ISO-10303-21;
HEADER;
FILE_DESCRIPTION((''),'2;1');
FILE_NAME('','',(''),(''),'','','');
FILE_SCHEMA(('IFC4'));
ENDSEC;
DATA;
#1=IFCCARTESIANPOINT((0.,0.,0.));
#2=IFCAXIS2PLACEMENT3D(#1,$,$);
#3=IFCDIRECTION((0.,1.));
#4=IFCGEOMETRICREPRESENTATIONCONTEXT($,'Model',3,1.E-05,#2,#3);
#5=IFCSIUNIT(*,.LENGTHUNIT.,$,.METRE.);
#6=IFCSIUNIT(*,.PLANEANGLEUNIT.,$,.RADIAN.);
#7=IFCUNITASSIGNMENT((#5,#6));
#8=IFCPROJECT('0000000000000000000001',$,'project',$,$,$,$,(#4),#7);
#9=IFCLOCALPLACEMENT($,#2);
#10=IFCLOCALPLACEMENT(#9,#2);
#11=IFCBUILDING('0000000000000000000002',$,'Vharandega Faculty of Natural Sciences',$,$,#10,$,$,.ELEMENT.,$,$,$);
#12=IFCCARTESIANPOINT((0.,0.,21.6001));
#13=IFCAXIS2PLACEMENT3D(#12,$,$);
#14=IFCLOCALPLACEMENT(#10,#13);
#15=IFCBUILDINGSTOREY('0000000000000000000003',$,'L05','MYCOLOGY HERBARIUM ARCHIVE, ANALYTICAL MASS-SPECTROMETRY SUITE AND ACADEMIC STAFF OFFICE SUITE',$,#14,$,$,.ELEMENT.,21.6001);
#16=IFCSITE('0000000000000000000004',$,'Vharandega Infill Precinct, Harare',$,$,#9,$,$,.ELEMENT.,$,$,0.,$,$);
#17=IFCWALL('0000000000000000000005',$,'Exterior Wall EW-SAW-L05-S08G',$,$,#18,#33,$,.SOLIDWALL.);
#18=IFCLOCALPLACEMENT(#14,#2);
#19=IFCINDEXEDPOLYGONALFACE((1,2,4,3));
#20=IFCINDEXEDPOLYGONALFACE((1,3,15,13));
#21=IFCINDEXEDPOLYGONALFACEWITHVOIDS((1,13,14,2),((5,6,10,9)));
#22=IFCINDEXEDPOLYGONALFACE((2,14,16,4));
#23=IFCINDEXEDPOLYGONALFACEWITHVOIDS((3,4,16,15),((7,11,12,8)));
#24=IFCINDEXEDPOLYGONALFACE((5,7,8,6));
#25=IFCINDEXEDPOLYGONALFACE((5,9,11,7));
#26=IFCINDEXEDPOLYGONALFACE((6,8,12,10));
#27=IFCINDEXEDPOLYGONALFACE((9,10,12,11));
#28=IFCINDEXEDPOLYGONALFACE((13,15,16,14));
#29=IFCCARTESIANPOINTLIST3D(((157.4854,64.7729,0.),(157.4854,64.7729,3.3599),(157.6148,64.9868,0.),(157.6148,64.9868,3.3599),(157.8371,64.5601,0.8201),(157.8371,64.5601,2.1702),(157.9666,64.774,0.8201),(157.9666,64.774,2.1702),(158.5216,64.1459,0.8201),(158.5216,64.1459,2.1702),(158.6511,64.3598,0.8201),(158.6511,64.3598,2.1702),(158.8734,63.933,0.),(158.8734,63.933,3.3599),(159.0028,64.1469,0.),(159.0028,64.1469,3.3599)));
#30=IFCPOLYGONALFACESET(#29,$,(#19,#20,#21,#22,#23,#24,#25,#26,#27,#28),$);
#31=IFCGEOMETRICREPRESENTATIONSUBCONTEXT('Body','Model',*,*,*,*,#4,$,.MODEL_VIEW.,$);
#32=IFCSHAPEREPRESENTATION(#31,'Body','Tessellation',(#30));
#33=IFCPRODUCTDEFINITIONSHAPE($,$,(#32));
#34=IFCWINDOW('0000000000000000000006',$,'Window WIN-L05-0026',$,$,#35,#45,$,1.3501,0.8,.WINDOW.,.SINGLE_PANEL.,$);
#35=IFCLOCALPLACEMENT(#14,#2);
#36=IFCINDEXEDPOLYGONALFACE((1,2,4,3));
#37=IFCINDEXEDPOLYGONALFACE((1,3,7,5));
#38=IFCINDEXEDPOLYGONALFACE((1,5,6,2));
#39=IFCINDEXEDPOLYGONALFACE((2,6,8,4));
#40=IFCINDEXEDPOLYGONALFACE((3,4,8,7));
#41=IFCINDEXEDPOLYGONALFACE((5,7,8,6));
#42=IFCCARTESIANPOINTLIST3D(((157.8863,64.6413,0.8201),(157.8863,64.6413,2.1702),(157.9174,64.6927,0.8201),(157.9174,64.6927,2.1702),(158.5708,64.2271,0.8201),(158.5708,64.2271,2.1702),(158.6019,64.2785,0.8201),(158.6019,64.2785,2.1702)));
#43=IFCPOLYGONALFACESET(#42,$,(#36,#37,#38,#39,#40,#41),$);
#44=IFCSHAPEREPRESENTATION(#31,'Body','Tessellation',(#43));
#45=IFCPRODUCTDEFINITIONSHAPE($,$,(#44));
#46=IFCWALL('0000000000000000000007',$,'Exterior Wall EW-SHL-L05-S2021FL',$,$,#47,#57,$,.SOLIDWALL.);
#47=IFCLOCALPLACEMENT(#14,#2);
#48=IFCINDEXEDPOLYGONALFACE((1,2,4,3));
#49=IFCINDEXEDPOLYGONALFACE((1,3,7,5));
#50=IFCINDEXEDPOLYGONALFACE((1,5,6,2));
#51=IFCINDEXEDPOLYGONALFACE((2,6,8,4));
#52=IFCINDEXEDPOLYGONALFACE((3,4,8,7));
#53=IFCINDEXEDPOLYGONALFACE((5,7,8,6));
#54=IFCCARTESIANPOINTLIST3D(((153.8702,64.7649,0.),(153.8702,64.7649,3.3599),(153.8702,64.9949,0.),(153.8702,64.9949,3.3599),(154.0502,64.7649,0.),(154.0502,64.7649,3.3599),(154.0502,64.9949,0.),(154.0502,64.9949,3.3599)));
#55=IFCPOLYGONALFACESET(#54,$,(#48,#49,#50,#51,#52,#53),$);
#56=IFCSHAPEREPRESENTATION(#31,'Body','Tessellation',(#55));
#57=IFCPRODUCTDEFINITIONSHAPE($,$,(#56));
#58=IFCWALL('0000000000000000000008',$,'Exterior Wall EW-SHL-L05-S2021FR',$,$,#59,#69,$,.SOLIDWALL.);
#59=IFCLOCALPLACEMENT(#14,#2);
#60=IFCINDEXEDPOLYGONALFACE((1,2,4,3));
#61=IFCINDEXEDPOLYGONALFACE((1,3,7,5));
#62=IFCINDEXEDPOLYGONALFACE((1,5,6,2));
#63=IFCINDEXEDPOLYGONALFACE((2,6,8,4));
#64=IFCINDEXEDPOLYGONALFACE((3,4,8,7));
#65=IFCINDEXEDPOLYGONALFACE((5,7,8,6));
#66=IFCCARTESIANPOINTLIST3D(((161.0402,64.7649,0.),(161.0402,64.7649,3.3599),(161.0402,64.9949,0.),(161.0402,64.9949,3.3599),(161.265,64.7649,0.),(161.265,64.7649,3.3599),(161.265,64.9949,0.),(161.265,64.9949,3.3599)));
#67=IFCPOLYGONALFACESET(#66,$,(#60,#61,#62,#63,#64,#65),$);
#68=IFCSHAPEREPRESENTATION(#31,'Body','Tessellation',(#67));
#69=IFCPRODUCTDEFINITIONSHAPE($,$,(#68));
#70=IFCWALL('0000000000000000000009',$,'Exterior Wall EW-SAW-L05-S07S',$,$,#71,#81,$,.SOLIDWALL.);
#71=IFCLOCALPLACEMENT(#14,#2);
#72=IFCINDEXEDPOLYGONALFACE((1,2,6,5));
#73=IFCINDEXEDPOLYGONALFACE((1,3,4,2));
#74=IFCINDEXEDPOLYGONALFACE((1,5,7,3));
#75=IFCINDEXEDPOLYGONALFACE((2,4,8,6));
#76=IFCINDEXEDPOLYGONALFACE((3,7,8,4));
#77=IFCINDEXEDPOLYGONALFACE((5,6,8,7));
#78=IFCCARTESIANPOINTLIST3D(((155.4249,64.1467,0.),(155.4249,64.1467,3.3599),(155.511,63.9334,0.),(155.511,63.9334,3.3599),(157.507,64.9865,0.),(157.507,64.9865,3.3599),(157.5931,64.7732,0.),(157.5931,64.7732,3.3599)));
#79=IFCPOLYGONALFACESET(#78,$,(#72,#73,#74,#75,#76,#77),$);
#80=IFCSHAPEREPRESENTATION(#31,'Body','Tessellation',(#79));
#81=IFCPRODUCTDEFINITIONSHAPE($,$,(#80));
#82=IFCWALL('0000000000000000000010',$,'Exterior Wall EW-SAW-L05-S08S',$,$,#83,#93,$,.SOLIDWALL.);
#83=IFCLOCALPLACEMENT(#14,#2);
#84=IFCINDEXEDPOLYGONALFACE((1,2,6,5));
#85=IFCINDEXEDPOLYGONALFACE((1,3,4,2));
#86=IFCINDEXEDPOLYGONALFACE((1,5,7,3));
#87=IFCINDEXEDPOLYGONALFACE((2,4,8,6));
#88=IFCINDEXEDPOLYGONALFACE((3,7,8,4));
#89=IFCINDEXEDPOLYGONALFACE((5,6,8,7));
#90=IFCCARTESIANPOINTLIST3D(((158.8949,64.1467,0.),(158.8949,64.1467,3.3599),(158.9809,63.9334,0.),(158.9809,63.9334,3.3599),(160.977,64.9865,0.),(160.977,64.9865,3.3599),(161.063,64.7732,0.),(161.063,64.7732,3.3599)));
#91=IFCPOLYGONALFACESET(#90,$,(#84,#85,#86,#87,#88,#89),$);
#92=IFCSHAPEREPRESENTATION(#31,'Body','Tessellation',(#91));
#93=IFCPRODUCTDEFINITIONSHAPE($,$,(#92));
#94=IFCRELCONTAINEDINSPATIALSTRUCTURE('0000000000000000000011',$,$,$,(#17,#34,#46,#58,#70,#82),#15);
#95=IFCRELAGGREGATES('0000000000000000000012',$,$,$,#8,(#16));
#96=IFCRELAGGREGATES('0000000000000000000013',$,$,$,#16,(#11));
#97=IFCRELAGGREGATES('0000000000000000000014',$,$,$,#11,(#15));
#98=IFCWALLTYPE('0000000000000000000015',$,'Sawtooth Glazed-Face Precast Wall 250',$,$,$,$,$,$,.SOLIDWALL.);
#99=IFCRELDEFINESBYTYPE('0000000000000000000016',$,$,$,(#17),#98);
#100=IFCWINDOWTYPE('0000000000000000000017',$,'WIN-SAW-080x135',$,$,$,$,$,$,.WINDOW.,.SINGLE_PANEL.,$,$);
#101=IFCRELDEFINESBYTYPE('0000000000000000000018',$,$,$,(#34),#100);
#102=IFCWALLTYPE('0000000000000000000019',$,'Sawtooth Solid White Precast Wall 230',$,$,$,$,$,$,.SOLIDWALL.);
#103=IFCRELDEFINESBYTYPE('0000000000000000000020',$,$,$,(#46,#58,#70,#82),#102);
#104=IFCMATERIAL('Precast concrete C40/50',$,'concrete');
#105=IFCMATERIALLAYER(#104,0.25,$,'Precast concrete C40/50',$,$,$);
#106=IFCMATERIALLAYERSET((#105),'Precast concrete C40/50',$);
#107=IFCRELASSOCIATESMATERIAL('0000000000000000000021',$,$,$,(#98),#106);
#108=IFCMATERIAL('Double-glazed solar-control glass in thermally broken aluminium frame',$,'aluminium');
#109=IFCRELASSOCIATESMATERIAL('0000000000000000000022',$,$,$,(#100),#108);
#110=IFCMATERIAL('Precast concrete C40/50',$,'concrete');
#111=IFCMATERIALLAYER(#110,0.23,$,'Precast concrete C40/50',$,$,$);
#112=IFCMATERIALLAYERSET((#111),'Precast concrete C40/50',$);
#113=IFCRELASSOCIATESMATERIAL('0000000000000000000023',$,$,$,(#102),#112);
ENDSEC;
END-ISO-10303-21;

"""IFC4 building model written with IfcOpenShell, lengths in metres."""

from ifc_helpers import new_model, si_unit, direction, frame, frame_2d, origin, place, context, subcontext, project, spatial, rectangle, extrude, material, layer, layer_set, type_object, element, fill, save


model = new_model("IFC4")

# Units and contexts
model_context = context("Model", 3, precision=1e-05, world=origin(), true_north=direction((0.0, 1.0)))
body_context = subcontext(model_context, "Body", "Model", "MODEL_VIEW")
ifc_project = project(units=[si_unit("LENGTHUNIT", "METRE"), si_unit("PLANEANGLEUNIT", "RADIAN")], contexts=[model_context])

# Site, building, storey
site_placement = place(None, origin())
site = spatial("IfcSite", under=ifc_project, at=site_placement, Name="Vharandega Infill Precinct, Harare", CompositionType="ELEMENT", RefElevation=0.0)
building_placement = place(site_placement, origin())
building = spatial("IfcBuilding", under=site, at=building_placement, Name="Vharandega Faculty of Natural Sciences", CompositionType="ELEMENT")
storey_placement = place(building_placement, frame((0.0, 0.0, 21.6001)))
storey = spatial("IfcBuildingStorey", under=building, at=storey_placement, Name="L05", Description="MYCOLOGY HERBARIUM ARCHIVE, ANALYTICAL MASS-SPECTROMETRY SUITE AND ACADEMIC STAFF OFFICE SUITE", CompositionType="ELEMENT", Elevation=21.6001)

# Wall, opening, window
ifc_material_1 = material(Name="Precast concrete C40/50", Category="concrete")
ifc_layer_1 = layer(ifc_material_1, 0.25, Name="Precast concrete C40/50")
ifc_layer_set_1 = layer_set([ifc_layer_1], Name="Precast concrete C40/50")
wall_type_1 = type_object("IfcWallType", Name="Sawtooth Glazed-Face Precast Wall 250", PredefinedType="SOLIDWALL", material=ifc_layer_set_1)
wall_1_placement = place(storey_placement, frame((158.938, 64.04, 0.0), z_axis=(0.0, 0.0, 1.0), x_axis=(-0.855561, 0.517701, 0.0)))
wall_1 = element("IfcWall", 1, at=wall_1_placement, inside=storey, type_object=wall_type_1, Name="Exterior Wall EW-SAW-L05-S08G", PredefinedType="SOLIDWALL", context=body_context, shape_type="SweptSolid", body=[
    extrude(rectangle(XDim=1.6223, YDim=0.25, at=frame_2d((0.811, 0.0))), origin(), (0.0, 0.0, 1.0), 3.3599),
])
opening_1_placement = place(wall_1_placement, frame((0.4111, 0.0, 0.8201)))
opening_1 = element("IfcOpeningElement", 2, at=opening_1_placement, cuts=wall_1, PredefinedType="OPENING", context=body_context, shape_type="SweptSolid", body=[
    extrude(rectangle(XDim=0.8, YDim=1.3501, at=frame_2d((0.3999, 0.675))), frame((0.0, 0.135, 0.0), z_axis=(0.0, -1.0, 0.0), x_axis=(1.0, 0.0, 0.0)), (0.0, 0.0, 1.0), 0.27),
])
ifc_material_2 = material(Name="Double-glazed solar-control glass in thermally broken aluminium frame", Category="aluminium")
window_type_1 = type_object("IfcWindowType", Name="WIN-SAW-080x135", PartitioningType="SINGLE_PANEL", PredefinedType="WINDOW", material=ifc_material_2)
window_1_placement = place(opening_1_placement, origin())
window_1 = element("IfcWindow", 3, at=window_1_placement, inside=storey, type_object=window_type_1, Name="Window WIN-L05-0026", OverallHeight=1.3501, OverallWidth=0.8, PartitioningType="SINGLE_PANEL", PredefinedType="WINDOW", context=body_context, shape_type="SweptSolid", body=[
    extrude(rectangle(XDim=0.8, YDim=1.3501, at=frame_2d((0.3999, 0.675))), frame((0.0, 0.03, 0.0), z_axis=(0.0, -1.0, 0.0), x_axis=(1.0, 0.0, 0.0)), (0.0, 0.0, 1.0), 0.0601),
])
fill(opening_1, window_1)

# Walls
ifc_material_3 = material(Name="Precast concrete C40/50", Category="concrete")
ifc_layer_2 = layer(ifc_material_3, 0.23, Name="Precast concrete C40/50")
ifc_layer_set_2 = layer_set([ifc_layer_2], Name="Precast concrete C40/50")
wall_type_2 = type_object("IfcWallType", Name="Sawtooth Solid White Precast Wall 230", PredefinedType="SOLIDWALL", material=ifc_layer_set_2)
wall_2_placement = place(storey_placement, frame((154.05, 64.8799, 0.0), z_axis=(0.0, 0.0, 1.0), x_axis=(-1.0, 0.0, 0.0)))
element("IfcWall", 4, at=wall_2_placement, inside=storey, type_object=wall_type_2, Name="Exterior Wall EW-SHL-L05-S2021FL", PredefinedType="SOLIDWALL", context=body_context, shape_type="SweptSolid", body=[
    extrude(rectangle(XDim=0.1799, YDim=0.23, at=frame_2d((0.0898, 0.0))), origin(), (0.0, 0.0, 1.0), 3.3599),
])
wall_3_placement = place(storey_placement, frame((161.2649, 64.8799, 0.0), z_axis=(0.0, 0.0, 1.0), x_axis=(-1.0, 0.0, 0.0)))
element("IfcWall", 5, at=wall_3_placement, inside=storey, type_object=wall_type_2, Name="Exterior Wall EW-SHL-L05-S2021FR", PredefinedType="SOLIDWALL", context=body_context, shape_type="SweptSolid", body=[
    extrude(rectangle(XDim=0.2249, YDim=0.23, at=frame_2d((0.1123, 0.0))), origin(), (0.0, 0.0, 1.0), 3.3599),
])
for number, where, z_axis, x_axis, name in (
    (6, (157.55, 64.8799, 0.0), (0.0, 0.0, 1.0), (-0.927393, -0.374089, 0.0), "Exterior Wall EW-SAW-L05-S07S"),
    (7, (161.02, 64.8799, 0.0), (0.0, 0.0, 1.0), (-0.927393, -0.374089, 0.0), "Exterior Wall EW-SAW-L05-S08S"),
):
    element("IfcWall", number, at=place(storey_placement, frame(where, z_axis=z_axis, x_axis=x_axis)), inside=storey, type_object=wall_type_2, Name=name, PredefinedType="SOLIDWALL", context=body_context, shape_type="SweptSolid", body=[
        extrude(rectangle(XDim=2.2451, YDim=0.23, at=frame_2d((1.1226, 0.0))), origin(), (0.0, 0.0, 1.0), 3.3599),
    ])

save(model, "model.ifc")
